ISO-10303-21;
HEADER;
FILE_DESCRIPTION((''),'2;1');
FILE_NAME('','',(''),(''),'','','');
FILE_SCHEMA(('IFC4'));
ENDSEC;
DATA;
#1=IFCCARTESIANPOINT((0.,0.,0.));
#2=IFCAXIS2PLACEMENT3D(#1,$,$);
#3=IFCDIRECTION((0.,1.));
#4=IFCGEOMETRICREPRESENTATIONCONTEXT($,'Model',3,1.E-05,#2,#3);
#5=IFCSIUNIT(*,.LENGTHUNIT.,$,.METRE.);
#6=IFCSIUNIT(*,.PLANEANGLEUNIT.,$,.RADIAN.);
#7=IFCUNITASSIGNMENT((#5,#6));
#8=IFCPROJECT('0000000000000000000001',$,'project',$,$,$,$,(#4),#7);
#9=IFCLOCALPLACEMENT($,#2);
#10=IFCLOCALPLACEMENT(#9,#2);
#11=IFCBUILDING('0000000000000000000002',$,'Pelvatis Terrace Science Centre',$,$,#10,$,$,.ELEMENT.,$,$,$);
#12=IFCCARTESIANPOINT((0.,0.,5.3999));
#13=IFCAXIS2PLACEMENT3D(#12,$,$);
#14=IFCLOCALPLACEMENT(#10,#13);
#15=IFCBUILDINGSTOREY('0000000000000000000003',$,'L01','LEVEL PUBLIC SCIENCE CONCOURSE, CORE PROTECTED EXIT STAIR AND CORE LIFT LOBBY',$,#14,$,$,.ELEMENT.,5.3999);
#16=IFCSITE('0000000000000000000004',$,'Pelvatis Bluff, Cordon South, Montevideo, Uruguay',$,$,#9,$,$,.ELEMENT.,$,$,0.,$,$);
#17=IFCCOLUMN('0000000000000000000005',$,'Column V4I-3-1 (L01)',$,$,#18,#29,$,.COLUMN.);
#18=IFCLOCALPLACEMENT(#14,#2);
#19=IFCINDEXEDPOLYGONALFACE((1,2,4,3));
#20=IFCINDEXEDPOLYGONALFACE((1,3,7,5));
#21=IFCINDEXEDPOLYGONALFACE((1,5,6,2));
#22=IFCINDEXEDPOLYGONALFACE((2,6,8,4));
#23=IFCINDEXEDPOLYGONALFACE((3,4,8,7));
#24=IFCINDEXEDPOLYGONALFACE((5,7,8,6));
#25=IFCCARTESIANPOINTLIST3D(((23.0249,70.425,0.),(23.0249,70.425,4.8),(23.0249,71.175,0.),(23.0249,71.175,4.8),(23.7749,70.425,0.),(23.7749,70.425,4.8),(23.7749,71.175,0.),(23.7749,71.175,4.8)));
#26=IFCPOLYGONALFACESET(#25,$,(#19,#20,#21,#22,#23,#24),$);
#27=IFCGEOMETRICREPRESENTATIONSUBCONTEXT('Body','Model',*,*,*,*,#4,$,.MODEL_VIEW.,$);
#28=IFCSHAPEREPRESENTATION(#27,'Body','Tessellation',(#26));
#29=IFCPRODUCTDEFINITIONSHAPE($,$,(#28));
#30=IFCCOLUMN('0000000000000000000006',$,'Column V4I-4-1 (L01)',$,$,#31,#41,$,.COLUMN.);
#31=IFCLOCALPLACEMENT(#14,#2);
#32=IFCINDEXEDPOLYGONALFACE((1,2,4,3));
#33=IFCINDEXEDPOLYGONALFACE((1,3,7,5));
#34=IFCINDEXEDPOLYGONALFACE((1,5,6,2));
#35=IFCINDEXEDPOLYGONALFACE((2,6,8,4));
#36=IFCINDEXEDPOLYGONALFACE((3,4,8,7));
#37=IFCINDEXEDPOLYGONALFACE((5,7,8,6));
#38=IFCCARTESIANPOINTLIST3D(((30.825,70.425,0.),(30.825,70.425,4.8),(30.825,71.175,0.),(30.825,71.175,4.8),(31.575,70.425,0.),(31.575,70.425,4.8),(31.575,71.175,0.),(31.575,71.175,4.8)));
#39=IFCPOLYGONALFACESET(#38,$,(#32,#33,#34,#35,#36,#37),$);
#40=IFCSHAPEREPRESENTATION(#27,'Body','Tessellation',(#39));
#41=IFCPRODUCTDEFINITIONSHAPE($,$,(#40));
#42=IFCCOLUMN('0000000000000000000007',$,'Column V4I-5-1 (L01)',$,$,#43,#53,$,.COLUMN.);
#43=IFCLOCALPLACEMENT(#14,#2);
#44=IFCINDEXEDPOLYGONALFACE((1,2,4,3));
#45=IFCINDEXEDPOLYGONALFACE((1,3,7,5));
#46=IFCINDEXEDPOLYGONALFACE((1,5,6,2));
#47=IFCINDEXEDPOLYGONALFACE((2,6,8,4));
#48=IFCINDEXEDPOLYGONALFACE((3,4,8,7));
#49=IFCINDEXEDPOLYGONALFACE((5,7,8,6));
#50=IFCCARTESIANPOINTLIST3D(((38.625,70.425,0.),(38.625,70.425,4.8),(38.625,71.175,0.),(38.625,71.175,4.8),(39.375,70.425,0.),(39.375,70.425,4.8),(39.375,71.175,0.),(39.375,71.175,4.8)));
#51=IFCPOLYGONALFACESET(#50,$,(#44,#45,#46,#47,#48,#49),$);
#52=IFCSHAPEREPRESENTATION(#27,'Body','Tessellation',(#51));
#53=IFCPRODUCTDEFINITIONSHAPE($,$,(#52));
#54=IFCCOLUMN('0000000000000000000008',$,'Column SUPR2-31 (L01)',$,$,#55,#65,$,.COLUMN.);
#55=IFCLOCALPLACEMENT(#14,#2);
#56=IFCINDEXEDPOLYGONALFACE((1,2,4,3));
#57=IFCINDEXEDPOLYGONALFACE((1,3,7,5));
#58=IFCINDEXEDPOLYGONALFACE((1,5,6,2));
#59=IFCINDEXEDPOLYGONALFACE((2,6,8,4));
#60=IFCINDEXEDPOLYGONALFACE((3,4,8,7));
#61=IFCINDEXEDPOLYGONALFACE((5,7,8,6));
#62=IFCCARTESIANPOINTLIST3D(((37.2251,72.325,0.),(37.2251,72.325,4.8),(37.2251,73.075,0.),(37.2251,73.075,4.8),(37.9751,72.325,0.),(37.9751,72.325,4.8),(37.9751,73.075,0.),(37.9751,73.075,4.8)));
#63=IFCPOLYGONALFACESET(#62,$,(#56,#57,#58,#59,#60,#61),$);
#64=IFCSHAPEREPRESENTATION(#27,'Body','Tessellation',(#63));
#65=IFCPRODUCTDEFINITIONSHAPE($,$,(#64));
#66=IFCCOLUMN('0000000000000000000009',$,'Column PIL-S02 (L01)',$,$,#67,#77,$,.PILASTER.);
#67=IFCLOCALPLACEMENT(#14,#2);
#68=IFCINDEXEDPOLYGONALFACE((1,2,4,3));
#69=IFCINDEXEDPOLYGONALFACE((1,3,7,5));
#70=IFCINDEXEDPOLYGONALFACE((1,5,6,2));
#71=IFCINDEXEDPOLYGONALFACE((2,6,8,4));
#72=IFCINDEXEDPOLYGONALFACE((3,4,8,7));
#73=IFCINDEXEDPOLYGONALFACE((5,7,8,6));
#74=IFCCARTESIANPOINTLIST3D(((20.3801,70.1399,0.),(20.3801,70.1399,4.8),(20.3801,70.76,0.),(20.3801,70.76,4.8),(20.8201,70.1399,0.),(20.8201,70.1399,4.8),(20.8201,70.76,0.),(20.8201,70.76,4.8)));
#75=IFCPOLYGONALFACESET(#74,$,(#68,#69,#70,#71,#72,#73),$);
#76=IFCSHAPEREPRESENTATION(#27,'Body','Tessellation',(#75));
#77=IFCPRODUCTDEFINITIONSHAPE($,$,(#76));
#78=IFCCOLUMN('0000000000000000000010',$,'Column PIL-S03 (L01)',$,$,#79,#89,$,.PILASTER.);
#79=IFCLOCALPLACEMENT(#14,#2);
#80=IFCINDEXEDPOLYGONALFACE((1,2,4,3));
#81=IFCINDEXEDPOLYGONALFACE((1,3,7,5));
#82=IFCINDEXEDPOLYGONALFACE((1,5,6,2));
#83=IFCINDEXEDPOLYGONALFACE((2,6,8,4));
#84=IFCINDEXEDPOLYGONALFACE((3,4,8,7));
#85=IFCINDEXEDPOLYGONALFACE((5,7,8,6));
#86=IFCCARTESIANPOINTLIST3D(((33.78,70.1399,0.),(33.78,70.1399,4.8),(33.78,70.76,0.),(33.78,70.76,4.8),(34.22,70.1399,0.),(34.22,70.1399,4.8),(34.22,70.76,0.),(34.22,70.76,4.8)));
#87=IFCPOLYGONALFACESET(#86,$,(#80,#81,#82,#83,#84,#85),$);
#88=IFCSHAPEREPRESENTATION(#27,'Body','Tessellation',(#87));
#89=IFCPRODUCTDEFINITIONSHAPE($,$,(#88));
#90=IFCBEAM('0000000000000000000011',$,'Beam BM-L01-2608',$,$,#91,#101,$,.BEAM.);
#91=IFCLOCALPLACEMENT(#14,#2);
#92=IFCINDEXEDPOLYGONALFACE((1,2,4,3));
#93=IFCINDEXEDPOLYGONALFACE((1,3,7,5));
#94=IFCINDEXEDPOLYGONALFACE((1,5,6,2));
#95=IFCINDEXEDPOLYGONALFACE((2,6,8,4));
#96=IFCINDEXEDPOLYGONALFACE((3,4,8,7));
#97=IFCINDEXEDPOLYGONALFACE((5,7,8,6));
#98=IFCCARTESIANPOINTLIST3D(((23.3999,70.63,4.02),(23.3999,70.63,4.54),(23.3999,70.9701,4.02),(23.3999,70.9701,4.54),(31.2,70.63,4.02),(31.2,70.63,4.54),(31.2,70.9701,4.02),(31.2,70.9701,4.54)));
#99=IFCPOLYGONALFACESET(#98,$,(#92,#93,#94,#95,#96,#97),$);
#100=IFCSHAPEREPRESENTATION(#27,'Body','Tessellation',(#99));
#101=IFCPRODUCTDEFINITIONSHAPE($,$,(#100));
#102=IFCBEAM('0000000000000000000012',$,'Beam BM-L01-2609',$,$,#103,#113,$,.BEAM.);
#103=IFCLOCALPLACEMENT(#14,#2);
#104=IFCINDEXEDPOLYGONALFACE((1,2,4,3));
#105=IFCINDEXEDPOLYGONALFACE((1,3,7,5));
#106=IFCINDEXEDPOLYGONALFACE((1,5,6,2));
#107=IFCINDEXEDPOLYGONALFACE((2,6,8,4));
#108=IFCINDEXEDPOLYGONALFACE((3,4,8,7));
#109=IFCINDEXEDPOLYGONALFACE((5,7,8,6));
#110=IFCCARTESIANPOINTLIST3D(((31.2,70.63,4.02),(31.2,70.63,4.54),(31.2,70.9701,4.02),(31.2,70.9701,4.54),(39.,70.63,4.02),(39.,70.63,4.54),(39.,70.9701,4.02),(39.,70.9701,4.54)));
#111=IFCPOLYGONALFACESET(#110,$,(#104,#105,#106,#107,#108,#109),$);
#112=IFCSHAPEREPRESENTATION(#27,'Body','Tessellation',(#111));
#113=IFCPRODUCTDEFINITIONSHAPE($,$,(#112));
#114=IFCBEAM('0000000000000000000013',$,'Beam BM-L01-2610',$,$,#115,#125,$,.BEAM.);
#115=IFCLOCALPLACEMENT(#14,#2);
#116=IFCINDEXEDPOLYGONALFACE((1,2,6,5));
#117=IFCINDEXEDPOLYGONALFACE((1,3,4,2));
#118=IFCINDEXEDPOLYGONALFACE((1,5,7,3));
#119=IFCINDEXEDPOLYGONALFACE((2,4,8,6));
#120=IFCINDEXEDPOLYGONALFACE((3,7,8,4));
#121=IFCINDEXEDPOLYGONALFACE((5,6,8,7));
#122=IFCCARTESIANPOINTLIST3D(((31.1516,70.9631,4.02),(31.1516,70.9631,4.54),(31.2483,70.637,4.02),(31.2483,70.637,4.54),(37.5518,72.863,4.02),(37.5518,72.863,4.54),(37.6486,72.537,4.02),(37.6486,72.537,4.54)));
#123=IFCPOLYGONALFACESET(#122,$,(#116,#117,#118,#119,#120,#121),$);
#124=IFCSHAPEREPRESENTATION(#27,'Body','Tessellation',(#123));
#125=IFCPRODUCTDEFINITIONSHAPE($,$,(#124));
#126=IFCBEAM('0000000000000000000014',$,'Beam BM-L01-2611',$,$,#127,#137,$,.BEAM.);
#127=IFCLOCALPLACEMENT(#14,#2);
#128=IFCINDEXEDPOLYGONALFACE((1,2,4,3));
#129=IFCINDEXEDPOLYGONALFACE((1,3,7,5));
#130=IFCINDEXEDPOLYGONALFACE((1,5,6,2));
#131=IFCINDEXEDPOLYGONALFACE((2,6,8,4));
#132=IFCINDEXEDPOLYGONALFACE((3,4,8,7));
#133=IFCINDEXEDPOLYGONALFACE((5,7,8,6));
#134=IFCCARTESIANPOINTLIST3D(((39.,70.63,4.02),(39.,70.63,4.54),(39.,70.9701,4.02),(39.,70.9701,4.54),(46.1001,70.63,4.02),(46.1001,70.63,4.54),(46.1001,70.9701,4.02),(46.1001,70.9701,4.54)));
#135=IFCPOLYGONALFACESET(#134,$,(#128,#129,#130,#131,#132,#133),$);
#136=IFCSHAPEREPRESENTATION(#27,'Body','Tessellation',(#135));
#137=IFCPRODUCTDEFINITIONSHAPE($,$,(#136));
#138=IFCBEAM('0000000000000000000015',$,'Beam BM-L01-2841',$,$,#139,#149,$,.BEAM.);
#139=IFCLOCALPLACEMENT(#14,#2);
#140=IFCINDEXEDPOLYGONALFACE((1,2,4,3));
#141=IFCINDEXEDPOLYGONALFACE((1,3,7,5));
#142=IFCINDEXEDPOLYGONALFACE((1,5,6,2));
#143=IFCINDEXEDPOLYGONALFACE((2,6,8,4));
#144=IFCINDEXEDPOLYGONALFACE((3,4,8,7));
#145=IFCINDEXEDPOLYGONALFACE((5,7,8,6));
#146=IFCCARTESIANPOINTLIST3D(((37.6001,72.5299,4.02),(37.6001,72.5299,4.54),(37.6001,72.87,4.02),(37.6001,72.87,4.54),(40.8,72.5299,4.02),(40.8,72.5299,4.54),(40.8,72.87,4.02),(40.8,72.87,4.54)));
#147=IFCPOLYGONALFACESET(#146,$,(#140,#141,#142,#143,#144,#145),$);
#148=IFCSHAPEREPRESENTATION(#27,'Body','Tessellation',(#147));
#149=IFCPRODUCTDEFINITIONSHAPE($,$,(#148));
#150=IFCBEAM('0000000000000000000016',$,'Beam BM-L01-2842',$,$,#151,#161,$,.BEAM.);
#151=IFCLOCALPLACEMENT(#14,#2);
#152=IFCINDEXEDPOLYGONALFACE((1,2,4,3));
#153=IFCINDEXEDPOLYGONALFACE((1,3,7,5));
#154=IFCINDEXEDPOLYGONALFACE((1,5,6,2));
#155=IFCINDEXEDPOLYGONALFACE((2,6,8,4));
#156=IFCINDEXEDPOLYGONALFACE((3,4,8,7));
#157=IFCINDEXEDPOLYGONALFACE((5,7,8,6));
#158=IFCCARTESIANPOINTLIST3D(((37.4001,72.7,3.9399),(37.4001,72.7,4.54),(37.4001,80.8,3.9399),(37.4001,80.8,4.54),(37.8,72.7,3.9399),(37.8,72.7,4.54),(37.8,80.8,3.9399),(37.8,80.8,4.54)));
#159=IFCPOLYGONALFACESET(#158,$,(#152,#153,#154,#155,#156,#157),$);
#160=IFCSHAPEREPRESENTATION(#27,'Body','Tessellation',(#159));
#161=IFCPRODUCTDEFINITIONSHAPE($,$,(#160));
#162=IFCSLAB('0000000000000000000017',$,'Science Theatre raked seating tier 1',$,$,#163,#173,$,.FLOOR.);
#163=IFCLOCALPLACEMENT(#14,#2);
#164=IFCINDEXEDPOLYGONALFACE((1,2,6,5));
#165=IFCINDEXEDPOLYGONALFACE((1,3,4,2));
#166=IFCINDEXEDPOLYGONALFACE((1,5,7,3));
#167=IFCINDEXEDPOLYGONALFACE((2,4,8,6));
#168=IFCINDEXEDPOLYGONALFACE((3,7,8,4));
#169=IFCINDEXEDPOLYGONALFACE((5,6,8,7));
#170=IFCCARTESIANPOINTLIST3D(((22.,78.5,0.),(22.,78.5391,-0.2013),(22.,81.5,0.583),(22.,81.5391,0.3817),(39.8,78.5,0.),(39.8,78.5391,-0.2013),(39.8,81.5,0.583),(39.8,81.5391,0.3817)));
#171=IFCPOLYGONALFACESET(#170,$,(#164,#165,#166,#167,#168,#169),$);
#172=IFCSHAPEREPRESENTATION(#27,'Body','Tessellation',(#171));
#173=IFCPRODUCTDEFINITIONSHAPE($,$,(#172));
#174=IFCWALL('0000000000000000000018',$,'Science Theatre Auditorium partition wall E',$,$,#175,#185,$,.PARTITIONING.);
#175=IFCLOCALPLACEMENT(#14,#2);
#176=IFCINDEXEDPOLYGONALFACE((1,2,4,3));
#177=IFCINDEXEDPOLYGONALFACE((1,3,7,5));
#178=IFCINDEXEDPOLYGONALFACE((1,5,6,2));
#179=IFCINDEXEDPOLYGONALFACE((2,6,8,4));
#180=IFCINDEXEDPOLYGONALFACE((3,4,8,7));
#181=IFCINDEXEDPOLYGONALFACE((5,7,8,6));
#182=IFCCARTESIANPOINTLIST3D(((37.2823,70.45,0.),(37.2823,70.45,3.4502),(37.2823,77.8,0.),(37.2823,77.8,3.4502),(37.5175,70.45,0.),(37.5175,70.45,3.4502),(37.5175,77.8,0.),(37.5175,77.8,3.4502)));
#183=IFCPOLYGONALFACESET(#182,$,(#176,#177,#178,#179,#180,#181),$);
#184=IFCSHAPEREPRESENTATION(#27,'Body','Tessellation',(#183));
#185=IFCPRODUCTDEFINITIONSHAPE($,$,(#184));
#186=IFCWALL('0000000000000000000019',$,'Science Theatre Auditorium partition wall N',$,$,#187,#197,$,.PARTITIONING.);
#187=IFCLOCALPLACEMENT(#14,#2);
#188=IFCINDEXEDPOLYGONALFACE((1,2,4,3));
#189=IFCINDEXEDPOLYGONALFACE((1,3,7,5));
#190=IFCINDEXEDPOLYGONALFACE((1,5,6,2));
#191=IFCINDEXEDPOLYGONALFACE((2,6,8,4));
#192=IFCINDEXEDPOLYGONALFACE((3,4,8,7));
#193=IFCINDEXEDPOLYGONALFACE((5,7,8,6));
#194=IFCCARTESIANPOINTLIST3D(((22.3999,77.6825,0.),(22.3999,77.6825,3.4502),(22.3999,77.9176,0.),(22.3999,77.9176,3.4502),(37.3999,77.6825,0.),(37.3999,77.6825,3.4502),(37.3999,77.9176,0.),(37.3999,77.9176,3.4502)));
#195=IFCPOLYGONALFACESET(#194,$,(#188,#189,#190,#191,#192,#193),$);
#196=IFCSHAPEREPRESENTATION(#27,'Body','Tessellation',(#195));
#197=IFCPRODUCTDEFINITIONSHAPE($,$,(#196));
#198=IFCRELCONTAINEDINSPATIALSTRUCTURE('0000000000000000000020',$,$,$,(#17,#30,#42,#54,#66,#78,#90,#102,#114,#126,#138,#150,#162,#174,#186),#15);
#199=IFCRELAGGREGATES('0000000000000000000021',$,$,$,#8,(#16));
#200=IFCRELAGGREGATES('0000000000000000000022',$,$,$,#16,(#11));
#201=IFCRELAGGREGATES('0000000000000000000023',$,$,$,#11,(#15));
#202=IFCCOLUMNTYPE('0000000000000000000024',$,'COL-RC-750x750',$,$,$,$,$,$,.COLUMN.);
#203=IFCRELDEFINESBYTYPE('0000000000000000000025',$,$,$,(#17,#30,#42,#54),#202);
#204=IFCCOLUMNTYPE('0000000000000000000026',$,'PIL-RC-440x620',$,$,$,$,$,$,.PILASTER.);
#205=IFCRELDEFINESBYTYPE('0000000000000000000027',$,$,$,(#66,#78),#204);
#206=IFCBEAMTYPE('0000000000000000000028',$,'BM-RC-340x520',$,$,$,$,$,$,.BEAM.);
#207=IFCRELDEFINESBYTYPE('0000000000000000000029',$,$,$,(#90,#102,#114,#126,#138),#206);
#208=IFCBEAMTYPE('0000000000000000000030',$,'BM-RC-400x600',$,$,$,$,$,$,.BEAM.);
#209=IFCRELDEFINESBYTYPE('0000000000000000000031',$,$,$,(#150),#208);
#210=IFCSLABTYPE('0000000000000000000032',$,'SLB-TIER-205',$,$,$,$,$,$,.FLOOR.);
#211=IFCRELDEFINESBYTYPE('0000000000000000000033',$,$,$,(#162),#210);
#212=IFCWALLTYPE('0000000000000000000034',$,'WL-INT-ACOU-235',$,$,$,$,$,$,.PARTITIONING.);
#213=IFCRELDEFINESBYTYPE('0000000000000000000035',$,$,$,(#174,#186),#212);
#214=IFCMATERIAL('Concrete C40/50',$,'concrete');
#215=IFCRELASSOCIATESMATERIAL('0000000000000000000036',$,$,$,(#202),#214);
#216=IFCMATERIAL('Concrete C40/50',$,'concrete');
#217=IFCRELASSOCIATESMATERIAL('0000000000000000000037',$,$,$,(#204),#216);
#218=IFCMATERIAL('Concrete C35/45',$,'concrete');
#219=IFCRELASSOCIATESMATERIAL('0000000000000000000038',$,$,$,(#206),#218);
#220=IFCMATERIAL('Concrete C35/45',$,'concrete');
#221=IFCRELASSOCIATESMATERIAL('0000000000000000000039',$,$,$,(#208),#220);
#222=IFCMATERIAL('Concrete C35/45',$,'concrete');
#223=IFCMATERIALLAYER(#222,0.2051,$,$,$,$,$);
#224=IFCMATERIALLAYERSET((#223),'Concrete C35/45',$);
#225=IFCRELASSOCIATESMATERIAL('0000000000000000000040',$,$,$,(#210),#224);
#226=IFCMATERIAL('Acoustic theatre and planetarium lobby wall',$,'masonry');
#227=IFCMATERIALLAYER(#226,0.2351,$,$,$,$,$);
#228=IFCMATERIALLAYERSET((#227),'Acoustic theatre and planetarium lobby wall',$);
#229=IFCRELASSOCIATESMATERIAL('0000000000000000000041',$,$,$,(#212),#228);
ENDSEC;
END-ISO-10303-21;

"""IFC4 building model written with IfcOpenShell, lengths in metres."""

from ifc_helpers import new_model, si_unit, direction, frame, frame_2d, origin, origin_2d, place, context, subcontext, project, spatial, polyline, rectangle, outline, extrude, material, layer, layer_set, material_profile, profile_set, type_object, element, save


model = new_model("IFC4")

# Units and contexts
model_context = context("Model", 3, precision=1e-05, world=origin(), true_north=direction((0.0, 1.0)))
body_context = subcontext(model_context, "Body", "Model", "MODEL_VIEW")
ifc_project = project(units=[si_unit("LENGTHUNIT", "METRE"), si_unit("PLANEANGLEUNIT", "RADIAN")], contexts=[model_context])

# Site, building, storey
site_placement = place(None, origin())
site = spatial("IfcSite", under=ifc_project, at=site_placement, Name="Pelvatis Bluff, Cordon South, Montevideo, Uruguay", CompositionType="ELEMENT", RefElevation=0.0)
building_placement = place(site_placement, origin())
building = spatial("IfcBuilding", under=site, at=building_placement, Name="Pelvatis Terrace Science Centre", CompositionType="ELEMENT")
storey_placement = place(building_placement, frame((0.0, 0.0, 5.3999)))
storey = spatial("IfcBuildingStorey", under=building, at=storey_placement, Name="L01", Description="LEVEL PUBLIC SCIENCE CONCOURSE, CORE PROTECTED EXIT STAIR AND CORE LIFT LOBBY", CompositionType="ELEMENT", Elevation=5.3999)

# Columns
ifc_material_1 = material(Name="Concrete C40/50", Category="concrete")
ifc_material_profile_1 = material_profile(ifc_material_1, rectangle(XDim=0.75, YDim=0.75, at=origin_2d()), Name="RC-COL 750x750")
ifc_profile_set_1 = profile_set([ifc_material_profile_1], Name="Concrete C40/50")
column_type_1 = type_object("IfcColumnType", Name="COL-RC-750x750", PredefinedType="COLUMN", material=ifc_profile_set_1)
for number, where, z_axis, x_axis, name in (
    (1, (23.3999, 70.8, 0.0), (0.0, 0.0, 1.0), (1.0, 0.0, 0.0), "Column V4I-3-1 (L01)"),
    (2, (31.2, 70.8, 0.0), (0.0, 0.0, 1.0), (1.0, 0.0, 0.0), "Column V4I-4-1 (L01)"),
    (3, (39.0, 70.8, 0.0), (0.0, 0.0, 1.0), (1.0, 0.0, 0.0), "Column V4I-5-1 (L01)"),
    (4, (37.6001, 72.7, 0.0), (0.0, 0.0, 1.0), (1.0, 0.0, 0.0), "Column SUPR2-31 (L01)"),
):
    element("IfcColumn", number, at=place(storey_placement, frame(where, z_axis=z_axis, x_axis=x_axis)), inside=storey, type_object=column_type_1, Name=name, PredefinedType="COLUMN", context=body_context, shape_type="SweptSolid", body=[
        extrude(rectangle(XDim=0.75, YDim=0.75, at=origin_2d()), origin(), (0.0, 0.0, 1.0), 4.8),
    ])
ifc_material_2 = material(Name="Concrete C40/50", Category="concrete")
ifc_material_profile_2 = material_profile(ifc_material_2, rectangle(XDim=0.4399, YDim=0.6201, at=origin_2d()), Name="RC-PIL 440x620")
ifc_profile_set_2 = profile_set([ifc_material_profile_2], Name="Concrete C40/50")
column_type_2 = type_object("IfcColumnType", Name="PIL-RC-440x620", PredefinedType="PILASTER", material=ifc_profile_set_2)
for number, where, z_axis, x_axis, name in (
    (5, (20.6001, 70.45, 0.0), (0.0, 0.0, 1.0), (1.0, 0.0, 0.0), "Column PIL-S02 (L01)"),
    (6, (34.0, 70.45, 0.0), (0.0, 0.0, 1.0), (1.0, 0.0, 0.0), "Column PIL-S03 (L01)"),
):
    element("IfcColumn", number, at=place(storey_placement, frame(where, z_axis=z_axis, x_axis=x_axis)), inside=storey, type_object=column_type_2, Name=name, PredefinedType="PILASTER", context=body_context, shape_type="SweptSolid", body=[
        extrude(rectangle(XDim=0.4399, YDim=0.6201, at=origin_2d()), origin(), (0.0, 0.0, 1.0), 4.8),
    ])

# Beams
ifc_material_3 = material(Name="Concrete C35/45", Category="concrete")
ifc_material_profile_3 = material_profile(ifc_material_3, rectangle(XDim=0.3401, YDim=0.52, at=origin_2d()), Name="RC-BM 340x520")
ifc_profile_set_3 = profile_set([ifc_material_profile_3], Name="Concrete C35/45")
beam_type_1 = type_object("IfcBeamType", Name="BM-RC-340x520", PredefinedType="BEAM", material=ifc_profile_set_3)
for number, where, z_axis, x_axis, name in (
    (7, (23.3999, 70.8, 4.28), (1.0, 0.0, 0.0), (0.0, 1.0, 0.0), "Beam BM-L01-2608"),
    (8, (31.2, 70.8, 4.28), (1.0, 0.0, 0.0), (0.0, 1.0, 0.0), "Beam BM-L01-2609"),
):
    element("IfcBeam", number, at=place(storey_placement, frame(where, z_axis=z_axis, x_axis=x_axis)), inside=storey, type_object=beam_type_1, Name=name, PredefinedType="BEAM", context=body_context, shape_type="SweptSolid", body=[
        extrude(rectangle(XDim=0.3401, YDim=0.52, at=origin_2d()), origin(), (0.0, 0.0, 1.0), 7.8),
    ])
beam_1_placement = place(storey_placement, frame((31.2, 70.8, 4.28), z_axis=(0.958653, 0.284579, 0.0), x_axis=(-0.284579, 0.958653, 0.0)))
element("IfcBeam", 9, at=beam_1_placement, inside=storey, type_object=beam_type_1, Name="Beam BM-L01-2610", PredefinedType="BEAM", context=body_context, shape_type="SweptSolid", body=[
    extrude(rectangle(XDim=0.3401, YDim=0.52, at=origin_2d()), origin(), (0.0, 0.0, 1.0), 6.6763),
])
beam_2_placement = place(storey_placement, frame((39.0, 70.8, 4.28), z_axis=(1.0, 0.0, 0.0), x_axis=(0.0, 1.0, 0.0)))
element("IfcBeam", 10, at=beam_2_placement, inside=storey, type_object=beam_type_1, Name="Beam BM-L01-2611", PredefinedType="BEAM", context=body_context, shape_type="SweptSolid", body=[
    extrude(rectangle(XDim=0.3401, YDim=0.52, at=origin_2d()), origin(), (0.0, 0.0, 1.0), 7.1001),
])
beam_3_placement = place(storey_placement, frame((37.6001, 72.7, 4.28), z_axis=(1.0, 0.0, 0.0), x_axis=(0.0, 1.0, 0.0)))
element("IfcBeam", 11, at=beam_3_placement, inside=storey, type_object=beam_type_1, Name="Beam BM-L01-2841", PredefinedType="BEAM", context=body_context, shape_type="SweptSolid", body=[
    extrude(rectangle(XDim=0.3401, YDim=0.52, at=origin_2d()), origin(), (0.0, 0.0, 1.0), 3.2),
])
ifc_material_4 = material(Name="Concrete C35/45", Category="concrete")
ifc_material_profile_4 = material_profile(ifc_material_4, rectangle(XDim=0.3999, YDim=0.6001, at=origin_2d()), Name="RC-BM 400x600")
ifc_profile_set_4 = profile_set([ifc_material_profile_4], Name="Concrete C35/45")
beam_type_2 = type_object("IfcBeamType", Name="BM-RC-400x600", PredefinedType="BEAM", material=ifc_profile_set_4)
beam_4_placement = place(storey_placement, frame((37.6001, 72.7, 4.24), z_axis=(0.0, 1.0, 0.0), x_axis=(-1.0, 0.0, 0.0)))
element("IfcBeam", 12, at=beam_4_placement, inside=storey, type_object=beam_type_2, Name="Beam BM-L01-2842", PredefinedType="BEAM", context=body_context, shape_type="SweptSolid", body=[
    extrude(rectangle(XDim=0.3999, YDim=0.6001, at=origin_2d()), origin(), (0.0, 0.0, 1.0), 8.1001),
])

# Slab
ifc_material_5 = material(Name="Concrete C35/45", Category="concrete")
ifc_layer_1 = layer(ifc_material_5, 0.2051)
ifc_layer_set_1 = layer_set([ifc_layer_1], Name="Concrete C35/45")
slab_type = type_object("IfcSlabType", Name="SLB-TIER-205", PredefinedType="FLOOR", material=ifc_layer_set_1)
slab_placement = place(storey_placement, frame((22.0, 78.5, 0.0), z_axis=(0.0, -0.190767, 0.981635), x_axis=(1.0, 0.0, 0.0)))
element("IfcSlab", 13, at=slab_placement, inside=storey, type_object=slab_type, Name="Science Theatre raked seating tier 1", PredefinedType="FLOOR", context=body_context, shape_type="SweptSolid", body=[
    extrude(outline(polyline([(0.0, 0.0), (17.8, 0.0), (17.8, 3.0561), (0.0, 3.0561), (0.0, 0.0)])), origin(), (0.0, 0.0, -1.0), 0.2051),
])

# Walls
ifc_material_6 = material(Name="Acoustic theatre and planetarium lobby wall", Category="masonry")
ifc_layer_2 = layer(ifc_material_6, 0.2351)
ifc_layer_set_2 = layer_set([ifc_layer_2], Name="Acoustic theatre and planetarium lobby wall")
wall_type_1 = type_object("IfcWallType", Name="WL-INT-ACOU-235", PredefinedType="PARTITIONING", material=ifc_layer_set_2)
wall_1_placement = place(storey_placement, frame((37.3999, 70.45, 0.0), z_axis=(0.0, 0.0, 1.0), x_axis=(0.0, 1.0, 0.0)))
element("IfcWall", 14, at=wall_1_placement, inside=storey, type_object=wall_type_1, Name="Science Theatre Auditorium partition wall E", PredefinedType="PARTITIONING", context=body_context, shape_type="SweptSolid", body=[
    extrude(rectangle(XDim=7.3501, YDim=0.2351, at=frame_2d((3.675, 0.0))), origin(), (0.0, 0.0, 1.0), 3.4502),
])
wall_2_placement = place(storey_placement, frame((37.3999, 77.8, 0.0), z_axis=(0.0, 0.0, 1.0), x_axis=(-1.0, 0.0, 0.0)))
element("IfcWall", 15, at=wall_2_placement, inside=storey, type_object=wall_type_1, Name="Science Theatre Auditorium partition wall N", PredefinedType="PARTITIONING", context=body_context, shape_type="SweptSolid", body=[
    extrude(rectangle(XDim=15.0, YDim=0.2351, at=frame_2d((7.5, 0.0))), origin(), (0.0, 0.0, 1.0), 3.4502),
])

save(model, "model.ifc")
